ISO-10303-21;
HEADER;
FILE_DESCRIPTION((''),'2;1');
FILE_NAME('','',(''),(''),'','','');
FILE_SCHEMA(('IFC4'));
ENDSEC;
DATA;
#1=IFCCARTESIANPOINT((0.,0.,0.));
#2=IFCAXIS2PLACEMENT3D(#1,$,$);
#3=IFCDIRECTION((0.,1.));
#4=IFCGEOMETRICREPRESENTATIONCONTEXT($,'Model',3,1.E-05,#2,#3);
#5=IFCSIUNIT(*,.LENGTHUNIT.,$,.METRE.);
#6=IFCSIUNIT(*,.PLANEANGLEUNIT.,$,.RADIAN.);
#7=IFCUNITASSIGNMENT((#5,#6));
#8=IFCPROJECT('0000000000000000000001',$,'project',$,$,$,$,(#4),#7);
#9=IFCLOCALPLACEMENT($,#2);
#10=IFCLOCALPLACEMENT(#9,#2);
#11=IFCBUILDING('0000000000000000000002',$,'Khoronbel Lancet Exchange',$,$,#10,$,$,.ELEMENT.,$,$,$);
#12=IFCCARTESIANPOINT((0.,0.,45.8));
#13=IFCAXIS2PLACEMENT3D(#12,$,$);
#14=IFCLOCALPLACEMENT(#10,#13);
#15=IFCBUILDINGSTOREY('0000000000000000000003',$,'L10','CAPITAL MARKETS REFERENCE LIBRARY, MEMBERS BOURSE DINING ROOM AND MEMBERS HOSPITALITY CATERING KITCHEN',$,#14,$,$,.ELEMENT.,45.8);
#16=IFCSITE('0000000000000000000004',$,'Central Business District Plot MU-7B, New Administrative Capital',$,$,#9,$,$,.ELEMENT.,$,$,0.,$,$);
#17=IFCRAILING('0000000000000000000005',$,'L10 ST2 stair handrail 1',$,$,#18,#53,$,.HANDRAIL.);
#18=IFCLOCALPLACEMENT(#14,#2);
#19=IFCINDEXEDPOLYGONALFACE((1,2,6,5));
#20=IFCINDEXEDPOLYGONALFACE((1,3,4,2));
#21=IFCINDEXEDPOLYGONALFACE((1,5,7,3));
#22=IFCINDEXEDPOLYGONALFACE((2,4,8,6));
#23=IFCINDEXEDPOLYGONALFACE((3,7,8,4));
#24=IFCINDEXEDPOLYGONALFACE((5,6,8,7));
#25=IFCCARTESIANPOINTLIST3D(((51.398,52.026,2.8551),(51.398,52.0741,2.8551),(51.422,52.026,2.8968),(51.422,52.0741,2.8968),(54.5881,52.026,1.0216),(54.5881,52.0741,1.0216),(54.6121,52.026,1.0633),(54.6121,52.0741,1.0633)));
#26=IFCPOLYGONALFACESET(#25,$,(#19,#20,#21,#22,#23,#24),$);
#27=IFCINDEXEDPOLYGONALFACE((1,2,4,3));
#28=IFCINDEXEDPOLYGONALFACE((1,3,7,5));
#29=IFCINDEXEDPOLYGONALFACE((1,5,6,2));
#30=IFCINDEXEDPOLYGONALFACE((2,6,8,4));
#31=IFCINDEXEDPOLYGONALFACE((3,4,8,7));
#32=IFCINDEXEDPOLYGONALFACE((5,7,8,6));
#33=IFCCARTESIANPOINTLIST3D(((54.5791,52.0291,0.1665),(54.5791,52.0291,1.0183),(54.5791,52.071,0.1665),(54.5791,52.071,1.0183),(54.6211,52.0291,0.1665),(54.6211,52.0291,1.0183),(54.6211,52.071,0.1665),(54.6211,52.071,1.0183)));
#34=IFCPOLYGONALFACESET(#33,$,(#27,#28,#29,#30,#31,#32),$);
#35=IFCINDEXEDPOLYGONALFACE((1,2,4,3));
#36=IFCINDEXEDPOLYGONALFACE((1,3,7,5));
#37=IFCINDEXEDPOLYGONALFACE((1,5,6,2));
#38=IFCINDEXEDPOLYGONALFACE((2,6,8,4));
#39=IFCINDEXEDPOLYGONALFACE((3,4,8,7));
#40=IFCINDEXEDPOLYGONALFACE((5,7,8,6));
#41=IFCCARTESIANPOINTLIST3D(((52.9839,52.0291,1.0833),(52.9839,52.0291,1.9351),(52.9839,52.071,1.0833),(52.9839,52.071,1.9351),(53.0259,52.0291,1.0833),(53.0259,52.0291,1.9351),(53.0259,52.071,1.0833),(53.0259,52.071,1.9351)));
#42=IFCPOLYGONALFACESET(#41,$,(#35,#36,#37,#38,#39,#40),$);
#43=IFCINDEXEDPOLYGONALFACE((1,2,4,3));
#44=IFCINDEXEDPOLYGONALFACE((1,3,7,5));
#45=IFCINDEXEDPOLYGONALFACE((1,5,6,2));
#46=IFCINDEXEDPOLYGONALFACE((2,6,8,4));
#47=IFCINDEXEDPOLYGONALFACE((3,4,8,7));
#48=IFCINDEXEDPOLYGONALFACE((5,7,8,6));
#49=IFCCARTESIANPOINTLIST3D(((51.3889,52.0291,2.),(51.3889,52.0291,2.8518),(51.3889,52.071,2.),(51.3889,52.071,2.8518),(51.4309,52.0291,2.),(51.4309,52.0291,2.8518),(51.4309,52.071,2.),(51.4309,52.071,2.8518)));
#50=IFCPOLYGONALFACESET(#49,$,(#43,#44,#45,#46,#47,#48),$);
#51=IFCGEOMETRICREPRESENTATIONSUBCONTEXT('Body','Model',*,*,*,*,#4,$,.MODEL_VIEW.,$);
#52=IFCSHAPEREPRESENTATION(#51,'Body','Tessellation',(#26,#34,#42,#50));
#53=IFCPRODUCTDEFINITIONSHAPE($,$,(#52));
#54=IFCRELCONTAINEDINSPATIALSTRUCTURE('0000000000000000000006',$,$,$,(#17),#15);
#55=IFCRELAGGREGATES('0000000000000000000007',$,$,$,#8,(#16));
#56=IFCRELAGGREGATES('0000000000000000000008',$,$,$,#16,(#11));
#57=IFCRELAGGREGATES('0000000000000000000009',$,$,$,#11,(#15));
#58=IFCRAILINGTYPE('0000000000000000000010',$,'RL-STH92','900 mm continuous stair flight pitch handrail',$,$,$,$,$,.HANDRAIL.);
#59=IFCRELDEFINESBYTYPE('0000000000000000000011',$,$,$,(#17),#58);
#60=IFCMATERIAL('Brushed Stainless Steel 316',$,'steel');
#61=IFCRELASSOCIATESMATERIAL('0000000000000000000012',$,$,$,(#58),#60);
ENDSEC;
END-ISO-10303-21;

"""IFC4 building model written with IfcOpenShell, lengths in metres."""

from ifc_helpers import new_model, si_unit, direction, frame, origin, origin_2d, place, context, subcontext, project, spatial, rectangle, extrude, material, type_object, element, save


model = new_model("IFC4")

# Units and contexts
model_context = context("Model", 3, precision=1e-05, world=origin(), true_north=direction((0.0, 1.0)))
body_context = subcontext(model_context, "Body", "Model", "MODEL_VIEW")
ifc_project = project(units=[si_unit("LENGTHUNIT", "METRE"), si_unit("PLANEANGLEUNIT", "RADIAN")], contexts=[model_context])

# Site, building, storey
site_placement = place(None, origin())
site = spatial("IfcSite", under=ifc_project, at=site_placement, Name="Central Business District Plot MU-7B, New Administrative Capital", CompositionType="ELEMENT", RefElevation=0.0)
building_placement = place(site_placement, origin())
building = spatial("IfcBuilding", under=site, at=building_placement, Name="Khoronbel Lancet Exchange", CompositionType="ELEMENT")
storey_placement = place(building_placement, frame((0.0, 0.0, 45.8)))
storey = spatial("IfcBuildingStorey", under=building, at=storey_placement, Name="L10", Description="CAPITAL MARKETS REFERENCE LIBRARY, MEMBERS BOURSE DINING ROOM AND MEMBERS HOSPITALITY CATERING KITCHEN", CompositionType="ELEMENT", Elevation=45.8)

# Railing
ifc_material_1 = material(Name="Brushed Stainless Steel 316", Category="steel")
railing_type_1 = type_object("IfcRailingType", Name="RL-STH92", Description="900 mm continuous stair flight pitch handrail", PredefinedType="HANDRAIL", material=ifc_material_1)
railing_1_placement = place(storey_placement, frame((54.6001, 52.05, 0.1665)))
element("IfcRailing", 1, at=railing_1_placement, inside=storey, type_object=railing_type_1, Name="L10 ST2 stair handrail 1", PredefinedType="HANDRAIL", context=body_context, shape_type="SweptSolid", body=[
    extrude(rectangle(XDim=0.0481, YDim=0.0481, at=origin_2d()), frame((0.0, 0.0, 0.876), z_axis=(-0.867007, 0.0, 0.498295), x_axis=(0.0, -1.0, 0.0)), (0.0, 0.0, 1.0), 3.6794),
    extrude(rectangle(XDim=0.042, YDim=0.042, at=origin_2d()), origin(), (0.0, 0.0, 1.0), 0.8518),
    extrude(rectangle(XDim=0.042, YDim=0.042, at=origin_2d()), frame((-1.5952, 0.0, 0.9167)), (0.0, 0.0, 1.0), 0.8518),
    extrude(rectangle(XDim=0.042, YDim=0.042, at=origin_2d()), frame((-3.1902, 0.0, 1.8335)), (0.0, 0.0, 1.0), 0.8518),
])

save(model, "model.ifc")
